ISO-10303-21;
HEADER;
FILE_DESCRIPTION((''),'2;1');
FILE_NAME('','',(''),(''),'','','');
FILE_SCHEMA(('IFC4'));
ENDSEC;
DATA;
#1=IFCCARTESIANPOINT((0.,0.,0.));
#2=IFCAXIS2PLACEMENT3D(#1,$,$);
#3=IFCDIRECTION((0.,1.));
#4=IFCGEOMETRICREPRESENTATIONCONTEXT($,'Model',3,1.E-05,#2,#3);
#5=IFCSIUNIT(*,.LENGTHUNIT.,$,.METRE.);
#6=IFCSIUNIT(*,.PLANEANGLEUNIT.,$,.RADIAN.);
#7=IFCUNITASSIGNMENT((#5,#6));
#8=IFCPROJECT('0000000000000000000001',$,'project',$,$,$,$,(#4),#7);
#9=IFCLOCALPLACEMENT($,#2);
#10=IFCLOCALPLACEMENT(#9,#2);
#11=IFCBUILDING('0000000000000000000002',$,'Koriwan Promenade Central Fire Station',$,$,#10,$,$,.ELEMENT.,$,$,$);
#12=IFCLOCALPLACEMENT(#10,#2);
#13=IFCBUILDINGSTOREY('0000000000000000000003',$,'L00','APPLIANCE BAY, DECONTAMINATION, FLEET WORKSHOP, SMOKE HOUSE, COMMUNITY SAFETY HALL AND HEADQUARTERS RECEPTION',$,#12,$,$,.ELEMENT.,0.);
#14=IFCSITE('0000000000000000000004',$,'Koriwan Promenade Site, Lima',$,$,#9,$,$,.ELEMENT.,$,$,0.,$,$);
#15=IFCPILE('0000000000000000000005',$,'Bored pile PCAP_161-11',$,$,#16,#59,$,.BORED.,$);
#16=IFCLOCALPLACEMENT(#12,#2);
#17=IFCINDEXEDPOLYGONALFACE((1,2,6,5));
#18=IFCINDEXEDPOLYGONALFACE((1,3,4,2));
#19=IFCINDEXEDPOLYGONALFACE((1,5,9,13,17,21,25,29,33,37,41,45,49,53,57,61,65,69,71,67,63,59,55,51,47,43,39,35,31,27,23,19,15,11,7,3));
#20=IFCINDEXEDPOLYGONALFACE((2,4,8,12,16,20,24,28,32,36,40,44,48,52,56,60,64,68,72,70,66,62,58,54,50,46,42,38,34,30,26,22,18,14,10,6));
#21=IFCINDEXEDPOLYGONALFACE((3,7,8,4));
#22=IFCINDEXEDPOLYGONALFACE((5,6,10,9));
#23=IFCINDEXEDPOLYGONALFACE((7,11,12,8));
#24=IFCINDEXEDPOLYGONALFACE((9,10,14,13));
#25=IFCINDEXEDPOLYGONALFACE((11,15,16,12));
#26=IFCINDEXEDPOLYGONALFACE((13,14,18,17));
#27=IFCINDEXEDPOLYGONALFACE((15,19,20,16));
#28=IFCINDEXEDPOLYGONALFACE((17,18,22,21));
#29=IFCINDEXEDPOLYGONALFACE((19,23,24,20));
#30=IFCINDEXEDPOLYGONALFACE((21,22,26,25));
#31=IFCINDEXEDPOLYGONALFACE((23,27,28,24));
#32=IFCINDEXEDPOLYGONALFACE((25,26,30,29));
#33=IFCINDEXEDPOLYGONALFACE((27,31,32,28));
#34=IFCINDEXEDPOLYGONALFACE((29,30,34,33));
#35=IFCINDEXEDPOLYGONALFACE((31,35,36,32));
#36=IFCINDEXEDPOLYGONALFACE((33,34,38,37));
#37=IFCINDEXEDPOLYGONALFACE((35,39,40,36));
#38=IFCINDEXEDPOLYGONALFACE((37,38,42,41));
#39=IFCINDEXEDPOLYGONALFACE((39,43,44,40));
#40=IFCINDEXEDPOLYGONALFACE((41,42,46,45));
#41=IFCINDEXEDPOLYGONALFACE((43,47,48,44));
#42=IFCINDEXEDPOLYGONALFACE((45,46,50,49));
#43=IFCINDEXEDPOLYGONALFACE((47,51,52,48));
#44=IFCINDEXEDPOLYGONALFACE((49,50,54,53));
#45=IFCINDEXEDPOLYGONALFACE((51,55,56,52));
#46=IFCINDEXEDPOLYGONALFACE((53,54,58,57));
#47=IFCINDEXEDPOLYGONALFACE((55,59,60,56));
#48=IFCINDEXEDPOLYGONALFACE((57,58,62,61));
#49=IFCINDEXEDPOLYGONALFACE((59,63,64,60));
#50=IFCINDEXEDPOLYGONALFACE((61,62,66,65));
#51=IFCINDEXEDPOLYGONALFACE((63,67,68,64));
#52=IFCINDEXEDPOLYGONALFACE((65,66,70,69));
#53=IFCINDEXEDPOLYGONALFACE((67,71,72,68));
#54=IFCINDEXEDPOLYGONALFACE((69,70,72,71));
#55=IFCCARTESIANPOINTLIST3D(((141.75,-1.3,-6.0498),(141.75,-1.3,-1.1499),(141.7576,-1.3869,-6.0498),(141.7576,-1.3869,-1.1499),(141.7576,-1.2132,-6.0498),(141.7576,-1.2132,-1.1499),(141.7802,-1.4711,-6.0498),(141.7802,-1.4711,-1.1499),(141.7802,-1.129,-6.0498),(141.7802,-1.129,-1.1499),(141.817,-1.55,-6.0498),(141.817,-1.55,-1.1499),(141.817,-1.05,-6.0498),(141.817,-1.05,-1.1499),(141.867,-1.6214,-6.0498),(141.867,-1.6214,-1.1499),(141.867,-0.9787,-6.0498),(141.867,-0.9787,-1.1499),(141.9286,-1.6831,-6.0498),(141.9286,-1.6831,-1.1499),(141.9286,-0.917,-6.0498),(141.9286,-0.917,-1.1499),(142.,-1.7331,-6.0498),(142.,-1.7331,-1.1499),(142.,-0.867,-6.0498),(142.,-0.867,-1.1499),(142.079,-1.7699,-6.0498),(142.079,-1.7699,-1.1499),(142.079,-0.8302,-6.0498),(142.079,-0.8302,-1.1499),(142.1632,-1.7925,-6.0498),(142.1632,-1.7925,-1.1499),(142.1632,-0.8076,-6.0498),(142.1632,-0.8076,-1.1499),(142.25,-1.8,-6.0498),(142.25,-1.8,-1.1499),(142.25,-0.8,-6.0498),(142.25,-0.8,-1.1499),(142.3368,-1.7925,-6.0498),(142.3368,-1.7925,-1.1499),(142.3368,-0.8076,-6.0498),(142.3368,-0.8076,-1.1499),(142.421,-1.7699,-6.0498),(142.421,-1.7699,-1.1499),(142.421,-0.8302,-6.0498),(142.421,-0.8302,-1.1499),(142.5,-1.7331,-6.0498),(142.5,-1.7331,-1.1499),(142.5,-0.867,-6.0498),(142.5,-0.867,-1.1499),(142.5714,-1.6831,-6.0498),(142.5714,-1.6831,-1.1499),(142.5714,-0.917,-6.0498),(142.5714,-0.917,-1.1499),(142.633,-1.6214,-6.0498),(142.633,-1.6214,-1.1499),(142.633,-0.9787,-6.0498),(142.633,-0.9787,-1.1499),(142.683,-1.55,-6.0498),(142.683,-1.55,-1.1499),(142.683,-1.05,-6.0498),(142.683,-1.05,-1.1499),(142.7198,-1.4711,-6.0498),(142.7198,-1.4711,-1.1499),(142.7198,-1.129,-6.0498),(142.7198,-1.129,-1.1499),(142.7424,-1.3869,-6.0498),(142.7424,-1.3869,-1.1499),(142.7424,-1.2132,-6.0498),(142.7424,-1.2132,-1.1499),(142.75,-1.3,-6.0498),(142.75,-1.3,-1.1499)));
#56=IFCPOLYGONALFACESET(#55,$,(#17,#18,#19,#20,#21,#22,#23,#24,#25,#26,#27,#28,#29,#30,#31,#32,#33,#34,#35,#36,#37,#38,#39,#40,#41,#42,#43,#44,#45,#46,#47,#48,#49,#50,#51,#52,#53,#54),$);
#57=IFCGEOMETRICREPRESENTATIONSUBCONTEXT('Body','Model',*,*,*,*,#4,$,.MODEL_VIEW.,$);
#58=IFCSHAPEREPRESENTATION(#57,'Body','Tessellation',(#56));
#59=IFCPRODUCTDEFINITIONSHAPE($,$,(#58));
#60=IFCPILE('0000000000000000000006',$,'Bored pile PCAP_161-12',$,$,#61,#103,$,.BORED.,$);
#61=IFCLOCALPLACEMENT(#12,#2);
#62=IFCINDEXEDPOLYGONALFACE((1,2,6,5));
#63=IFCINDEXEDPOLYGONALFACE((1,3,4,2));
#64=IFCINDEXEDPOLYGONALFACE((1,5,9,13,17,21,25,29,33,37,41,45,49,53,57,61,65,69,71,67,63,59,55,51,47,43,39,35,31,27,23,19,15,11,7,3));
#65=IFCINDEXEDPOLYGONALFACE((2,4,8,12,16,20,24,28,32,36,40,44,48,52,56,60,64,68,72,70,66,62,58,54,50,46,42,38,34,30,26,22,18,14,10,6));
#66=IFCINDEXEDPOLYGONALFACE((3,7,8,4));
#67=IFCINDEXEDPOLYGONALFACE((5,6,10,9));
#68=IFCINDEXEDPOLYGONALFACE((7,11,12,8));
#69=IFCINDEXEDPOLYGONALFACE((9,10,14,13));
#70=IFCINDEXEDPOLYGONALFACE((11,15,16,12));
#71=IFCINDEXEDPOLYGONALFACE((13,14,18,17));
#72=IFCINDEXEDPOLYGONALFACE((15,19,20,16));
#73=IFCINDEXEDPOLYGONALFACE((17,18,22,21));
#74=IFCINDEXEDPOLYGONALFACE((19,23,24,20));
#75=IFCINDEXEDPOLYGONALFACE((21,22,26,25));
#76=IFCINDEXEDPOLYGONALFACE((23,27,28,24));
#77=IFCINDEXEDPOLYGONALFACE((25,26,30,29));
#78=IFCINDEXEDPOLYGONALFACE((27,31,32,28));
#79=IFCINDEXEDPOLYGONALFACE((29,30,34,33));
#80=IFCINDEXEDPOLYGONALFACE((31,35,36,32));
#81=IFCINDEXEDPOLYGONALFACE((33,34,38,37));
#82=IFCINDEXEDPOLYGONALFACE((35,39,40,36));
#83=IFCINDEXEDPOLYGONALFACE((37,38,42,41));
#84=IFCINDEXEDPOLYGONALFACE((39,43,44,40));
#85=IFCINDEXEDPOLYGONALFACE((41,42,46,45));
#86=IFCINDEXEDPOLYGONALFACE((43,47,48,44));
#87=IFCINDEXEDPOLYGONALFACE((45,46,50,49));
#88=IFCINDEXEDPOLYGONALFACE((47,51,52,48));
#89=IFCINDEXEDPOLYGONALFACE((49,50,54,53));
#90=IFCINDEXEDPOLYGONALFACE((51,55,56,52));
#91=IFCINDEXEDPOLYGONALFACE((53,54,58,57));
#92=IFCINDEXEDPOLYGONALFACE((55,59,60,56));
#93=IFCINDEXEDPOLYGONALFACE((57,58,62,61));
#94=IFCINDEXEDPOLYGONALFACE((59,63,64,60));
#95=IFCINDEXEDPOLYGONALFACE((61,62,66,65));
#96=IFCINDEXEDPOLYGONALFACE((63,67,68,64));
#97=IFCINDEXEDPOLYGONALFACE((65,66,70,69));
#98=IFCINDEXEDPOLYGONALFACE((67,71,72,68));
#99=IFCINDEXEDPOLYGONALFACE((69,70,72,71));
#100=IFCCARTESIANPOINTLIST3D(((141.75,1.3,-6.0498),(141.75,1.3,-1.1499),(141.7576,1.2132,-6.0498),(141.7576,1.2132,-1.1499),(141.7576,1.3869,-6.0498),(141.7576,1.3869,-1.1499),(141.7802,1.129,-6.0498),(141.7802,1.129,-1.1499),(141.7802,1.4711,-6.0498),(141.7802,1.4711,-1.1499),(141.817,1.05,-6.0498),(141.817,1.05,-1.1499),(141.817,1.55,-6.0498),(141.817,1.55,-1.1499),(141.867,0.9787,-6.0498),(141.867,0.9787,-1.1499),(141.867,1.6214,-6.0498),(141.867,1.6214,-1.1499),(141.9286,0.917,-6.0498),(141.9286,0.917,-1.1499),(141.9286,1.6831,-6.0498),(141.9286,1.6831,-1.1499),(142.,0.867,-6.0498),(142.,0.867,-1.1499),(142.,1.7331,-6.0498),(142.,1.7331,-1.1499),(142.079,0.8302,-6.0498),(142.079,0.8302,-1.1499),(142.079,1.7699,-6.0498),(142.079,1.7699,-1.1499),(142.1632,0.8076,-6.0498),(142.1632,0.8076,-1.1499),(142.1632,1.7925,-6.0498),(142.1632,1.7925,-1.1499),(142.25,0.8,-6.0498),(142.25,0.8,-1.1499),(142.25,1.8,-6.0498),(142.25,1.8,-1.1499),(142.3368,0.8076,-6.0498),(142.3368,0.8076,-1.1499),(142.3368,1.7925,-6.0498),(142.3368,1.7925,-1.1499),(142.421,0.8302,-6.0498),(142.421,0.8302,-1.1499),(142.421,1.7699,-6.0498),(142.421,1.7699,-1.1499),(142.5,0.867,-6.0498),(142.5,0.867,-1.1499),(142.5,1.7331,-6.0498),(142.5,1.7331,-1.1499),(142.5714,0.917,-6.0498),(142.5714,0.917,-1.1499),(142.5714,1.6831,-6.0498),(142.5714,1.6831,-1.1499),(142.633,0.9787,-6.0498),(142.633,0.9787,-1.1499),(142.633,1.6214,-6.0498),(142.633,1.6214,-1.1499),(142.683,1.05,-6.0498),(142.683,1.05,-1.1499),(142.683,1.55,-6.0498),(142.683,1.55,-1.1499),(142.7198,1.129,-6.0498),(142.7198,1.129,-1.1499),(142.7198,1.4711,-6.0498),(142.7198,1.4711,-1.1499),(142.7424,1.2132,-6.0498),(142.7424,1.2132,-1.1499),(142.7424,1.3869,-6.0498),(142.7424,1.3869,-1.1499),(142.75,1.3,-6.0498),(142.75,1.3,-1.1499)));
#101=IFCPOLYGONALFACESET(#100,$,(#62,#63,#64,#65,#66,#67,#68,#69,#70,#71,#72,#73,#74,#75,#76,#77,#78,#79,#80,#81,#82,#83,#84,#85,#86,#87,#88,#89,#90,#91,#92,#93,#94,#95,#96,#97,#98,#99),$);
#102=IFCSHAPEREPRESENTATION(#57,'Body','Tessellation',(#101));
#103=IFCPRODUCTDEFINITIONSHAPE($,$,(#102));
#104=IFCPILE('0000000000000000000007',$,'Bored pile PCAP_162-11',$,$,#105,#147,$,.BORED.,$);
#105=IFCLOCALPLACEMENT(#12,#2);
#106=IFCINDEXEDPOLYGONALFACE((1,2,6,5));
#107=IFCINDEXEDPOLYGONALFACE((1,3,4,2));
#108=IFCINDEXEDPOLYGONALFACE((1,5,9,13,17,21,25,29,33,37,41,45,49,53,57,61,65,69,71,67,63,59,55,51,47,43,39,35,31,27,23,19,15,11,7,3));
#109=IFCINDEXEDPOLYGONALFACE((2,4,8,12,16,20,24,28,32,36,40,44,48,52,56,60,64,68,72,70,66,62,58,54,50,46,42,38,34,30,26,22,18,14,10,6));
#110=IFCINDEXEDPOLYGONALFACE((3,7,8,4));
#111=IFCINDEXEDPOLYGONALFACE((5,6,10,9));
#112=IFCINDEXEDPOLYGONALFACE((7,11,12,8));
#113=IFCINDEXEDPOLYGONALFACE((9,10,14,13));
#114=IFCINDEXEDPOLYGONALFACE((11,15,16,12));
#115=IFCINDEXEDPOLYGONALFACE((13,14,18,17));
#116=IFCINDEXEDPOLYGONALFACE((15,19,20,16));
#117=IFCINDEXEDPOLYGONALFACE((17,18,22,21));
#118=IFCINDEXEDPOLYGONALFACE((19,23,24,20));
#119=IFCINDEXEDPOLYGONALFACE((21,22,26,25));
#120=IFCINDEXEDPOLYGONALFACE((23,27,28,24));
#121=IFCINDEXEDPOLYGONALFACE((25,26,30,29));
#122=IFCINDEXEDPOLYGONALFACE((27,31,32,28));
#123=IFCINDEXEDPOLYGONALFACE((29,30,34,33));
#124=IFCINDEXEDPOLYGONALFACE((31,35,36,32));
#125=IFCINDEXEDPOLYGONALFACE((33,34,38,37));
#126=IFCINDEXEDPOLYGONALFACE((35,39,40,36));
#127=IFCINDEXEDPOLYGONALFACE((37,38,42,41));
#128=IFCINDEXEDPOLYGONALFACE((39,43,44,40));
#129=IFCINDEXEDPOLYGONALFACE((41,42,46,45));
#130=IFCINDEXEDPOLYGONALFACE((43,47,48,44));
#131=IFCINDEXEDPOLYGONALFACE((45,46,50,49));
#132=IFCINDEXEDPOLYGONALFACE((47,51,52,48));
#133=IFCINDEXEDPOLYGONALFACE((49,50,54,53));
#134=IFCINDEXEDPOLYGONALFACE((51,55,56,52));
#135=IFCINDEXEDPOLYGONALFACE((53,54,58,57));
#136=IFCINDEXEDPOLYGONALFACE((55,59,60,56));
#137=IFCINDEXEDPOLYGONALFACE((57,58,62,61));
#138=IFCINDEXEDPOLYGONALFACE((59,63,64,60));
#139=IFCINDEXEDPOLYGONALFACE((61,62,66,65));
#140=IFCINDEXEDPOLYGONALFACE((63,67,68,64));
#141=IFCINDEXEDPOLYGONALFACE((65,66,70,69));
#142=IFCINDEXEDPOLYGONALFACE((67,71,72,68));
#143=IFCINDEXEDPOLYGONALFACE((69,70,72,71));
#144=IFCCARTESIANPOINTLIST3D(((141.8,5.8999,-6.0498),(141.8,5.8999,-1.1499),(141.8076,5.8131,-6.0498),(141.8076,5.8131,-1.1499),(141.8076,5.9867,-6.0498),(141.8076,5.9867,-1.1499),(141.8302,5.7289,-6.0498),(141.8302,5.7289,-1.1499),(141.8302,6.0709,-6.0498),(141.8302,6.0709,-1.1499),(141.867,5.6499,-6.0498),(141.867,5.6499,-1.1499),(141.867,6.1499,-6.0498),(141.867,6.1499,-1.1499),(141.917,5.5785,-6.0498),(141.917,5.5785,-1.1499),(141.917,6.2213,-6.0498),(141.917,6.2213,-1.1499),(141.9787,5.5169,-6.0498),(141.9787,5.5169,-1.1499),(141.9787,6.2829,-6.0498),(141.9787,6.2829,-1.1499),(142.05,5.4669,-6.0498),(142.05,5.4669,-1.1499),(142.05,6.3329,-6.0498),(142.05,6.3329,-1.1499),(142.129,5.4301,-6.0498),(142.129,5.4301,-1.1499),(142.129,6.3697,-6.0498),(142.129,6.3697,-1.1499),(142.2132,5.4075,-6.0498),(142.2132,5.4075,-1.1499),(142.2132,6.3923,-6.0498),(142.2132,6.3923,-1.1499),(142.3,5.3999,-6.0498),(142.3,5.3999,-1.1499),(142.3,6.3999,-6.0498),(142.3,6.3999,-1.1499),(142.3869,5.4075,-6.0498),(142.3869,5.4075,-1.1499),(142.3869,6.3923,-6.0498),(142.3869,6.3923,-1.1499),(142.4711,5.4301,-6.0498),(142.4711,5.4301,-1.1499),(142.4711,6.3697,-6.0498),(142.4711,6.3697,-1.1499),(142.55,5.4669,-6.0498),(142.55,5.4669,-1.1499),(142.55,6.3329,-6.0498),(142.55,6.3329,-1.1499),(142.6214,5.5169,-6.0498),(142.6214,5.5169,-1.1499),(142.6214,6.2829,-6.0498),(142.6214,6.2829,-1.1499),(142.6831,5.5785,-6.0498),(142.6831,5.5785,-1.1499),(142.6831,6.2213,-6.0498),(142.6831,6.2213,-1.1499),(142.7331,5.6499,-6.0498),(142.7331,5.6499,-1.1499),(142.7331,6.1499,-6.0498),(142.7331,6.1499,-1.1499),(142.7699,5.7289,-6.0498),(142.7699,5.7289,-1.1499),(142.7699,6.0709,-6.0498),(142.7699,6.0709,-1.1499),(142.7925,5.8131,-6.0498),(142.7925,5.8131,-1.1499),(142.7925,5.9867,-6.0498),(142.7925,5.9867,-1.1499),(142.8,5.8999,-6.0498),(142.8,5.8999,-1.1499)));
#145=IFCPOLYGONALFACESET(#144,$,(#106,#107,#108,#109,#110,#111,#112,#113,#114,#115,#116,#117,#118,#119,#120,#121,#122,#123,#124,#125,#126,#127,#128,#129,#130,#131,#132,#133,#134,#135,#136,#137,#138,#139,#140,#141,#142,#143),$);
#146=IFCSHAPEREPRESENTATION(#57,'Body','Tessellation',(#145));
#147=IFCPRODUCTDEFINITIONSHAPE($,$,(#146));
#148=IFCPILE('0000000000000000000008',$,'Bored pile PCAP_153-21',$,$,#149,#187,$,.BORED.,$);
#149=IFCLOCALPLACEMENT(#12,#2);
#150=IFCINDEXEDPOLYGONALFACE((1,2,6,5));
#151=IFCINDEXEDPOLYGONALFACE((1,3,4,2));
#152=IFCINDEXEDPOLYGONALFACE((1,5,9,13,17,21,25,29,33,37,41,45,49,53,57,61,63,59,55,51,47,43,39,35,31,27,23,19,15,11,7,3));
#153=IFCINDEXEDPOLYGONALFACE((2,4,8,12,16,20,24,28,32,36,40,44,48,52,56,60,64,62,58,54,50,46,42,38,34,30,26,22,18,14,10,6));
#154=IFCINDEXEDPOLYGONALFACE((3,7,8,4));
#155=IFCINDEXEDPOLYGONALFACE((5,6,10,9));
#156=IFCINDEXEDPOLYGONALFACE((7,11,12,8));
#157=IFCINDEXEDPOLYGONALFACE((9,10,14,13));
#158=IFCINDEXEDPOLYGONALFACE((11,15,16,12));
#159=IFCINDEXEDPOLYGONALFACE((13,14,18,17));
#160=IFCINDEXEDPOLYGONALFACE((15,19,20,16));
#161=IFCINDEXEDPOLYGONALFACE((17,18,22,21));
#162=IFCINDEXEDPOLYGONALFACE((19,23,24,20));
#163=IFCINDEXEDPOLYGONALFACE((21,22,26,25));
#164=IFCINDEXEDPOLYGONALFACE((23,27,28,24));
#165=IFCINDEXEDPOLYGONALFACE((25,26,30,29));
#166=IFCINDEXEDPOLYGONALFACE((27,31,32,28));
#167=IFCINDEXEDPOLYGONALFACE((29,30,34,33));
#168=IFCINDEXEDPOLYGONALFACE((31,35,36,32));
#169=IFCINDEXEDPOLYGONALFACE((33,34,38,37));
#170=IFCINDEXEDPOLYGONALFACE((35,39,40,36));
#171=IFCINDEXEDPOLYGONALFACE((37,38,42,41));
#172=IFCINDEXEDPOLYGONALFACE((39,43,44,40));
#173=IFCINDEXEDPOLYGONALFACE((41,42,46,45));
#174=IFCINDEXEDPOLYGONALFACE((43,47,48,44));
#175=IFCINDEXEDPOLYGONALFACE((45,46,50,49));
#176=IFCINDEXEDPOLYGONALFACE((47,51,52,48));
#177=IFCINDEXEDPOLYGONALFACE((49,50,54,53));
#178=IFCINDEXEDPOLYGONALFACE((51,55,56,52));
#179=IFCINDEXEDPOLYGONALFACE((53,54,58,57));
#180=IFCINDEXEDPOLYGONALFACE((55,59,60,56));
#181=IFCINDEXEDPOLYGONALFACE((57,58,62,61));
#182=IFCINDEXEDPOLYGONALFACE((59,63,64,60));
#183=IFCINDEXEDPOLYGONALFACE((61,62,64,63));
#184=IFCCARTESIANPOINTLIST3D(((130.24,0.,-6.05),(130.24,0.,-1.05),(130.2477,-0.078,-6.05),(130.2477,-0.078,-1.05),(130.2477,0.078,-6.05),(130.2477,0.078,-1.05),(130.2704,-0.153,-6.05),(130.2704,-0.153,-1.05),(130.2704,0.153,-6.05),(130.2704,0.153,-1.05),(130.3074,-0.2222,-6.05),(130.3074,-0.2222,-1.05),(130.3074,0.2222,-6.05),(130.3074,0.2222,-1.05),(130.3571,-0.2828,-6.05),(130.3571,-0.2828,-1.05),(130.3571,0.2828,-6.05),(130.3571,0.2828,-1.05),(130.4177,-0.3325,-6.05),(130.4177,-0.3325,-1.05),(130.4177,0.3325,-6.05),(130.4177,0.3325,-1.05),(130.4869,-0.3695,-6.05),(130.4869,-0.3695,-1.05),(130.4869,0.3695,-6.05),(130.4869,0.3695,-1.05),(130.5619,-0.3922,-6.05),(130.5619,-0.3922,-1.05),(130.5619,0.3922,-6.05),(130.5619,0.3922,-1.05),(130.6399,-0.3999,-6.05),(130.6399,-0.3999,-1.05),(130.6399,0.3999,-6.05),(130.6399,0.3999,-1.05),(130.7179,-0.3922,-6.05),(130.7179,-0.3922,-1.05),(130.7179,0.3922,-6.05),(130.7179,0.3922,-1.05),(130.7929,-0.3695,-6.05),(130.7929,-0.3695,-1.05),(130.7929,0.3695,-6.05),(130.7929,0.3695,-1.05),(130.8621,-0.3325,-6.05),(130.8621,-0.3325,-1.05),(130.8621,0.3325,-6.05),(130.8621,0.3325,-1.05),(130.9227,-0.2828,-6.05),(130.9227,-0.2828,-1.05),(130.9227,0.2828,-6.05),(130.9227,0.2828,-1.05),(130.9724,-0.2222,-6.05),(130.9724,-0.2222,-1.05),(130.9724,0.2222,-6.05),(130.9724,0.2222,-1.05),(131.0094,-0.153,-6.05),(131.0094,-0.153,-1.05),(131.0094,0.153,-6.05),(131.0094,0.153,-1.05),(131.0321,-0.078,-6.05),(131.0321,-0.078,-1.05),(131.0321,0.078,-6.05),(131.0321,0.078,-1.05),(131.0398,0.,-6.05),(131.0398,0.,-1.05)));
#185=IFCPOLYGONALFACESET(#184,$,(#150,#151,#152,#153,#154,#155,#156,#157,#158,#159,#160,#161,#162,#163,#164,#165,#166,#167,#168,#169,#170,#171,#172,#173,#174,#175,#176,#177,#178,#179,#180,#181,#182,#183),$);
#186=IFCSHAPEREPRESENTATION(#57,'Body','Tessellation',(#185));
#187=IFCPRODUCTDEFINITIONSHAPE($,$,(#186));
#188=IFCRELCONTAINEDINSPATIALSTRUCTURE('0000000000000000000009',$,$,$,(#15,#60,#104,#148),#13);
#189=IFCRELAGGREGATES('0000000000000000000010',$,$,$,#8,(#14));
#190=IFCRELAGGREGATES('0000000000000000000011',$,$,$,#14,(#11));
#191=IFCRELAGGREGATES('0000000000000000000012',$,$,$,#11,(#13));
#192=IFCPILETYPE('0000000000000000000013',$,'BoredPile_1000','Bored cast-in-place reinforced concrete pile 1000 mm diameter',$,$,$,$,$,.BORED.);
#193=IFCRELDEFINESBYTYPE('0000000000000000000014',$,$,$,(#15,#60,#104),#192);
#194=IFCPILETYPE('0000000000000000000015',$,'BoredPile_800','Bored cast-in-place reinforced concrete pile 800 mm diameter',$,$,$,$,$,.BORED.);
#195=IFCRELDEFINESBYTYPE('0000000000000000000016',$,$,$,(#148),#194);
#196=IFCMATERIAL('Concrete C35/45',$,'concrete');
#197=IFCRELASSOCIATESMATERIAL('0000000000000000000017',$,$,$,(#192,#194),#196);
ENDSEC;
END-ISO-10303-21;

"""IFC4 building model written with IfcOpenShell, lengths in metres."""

from ifc_helpers import new_model, si_unit, direction, frame, origin, origin_2d, place, context, subcontext, project, spatial, circle, extrude, material, material_profile, profile_set, type_object, element, save


model = new_model("IFC4")

# Units and contexts
model_context = context("Model", 3, precision=1e-05, world=origin(), true_north=direction((0.0, 1.0)))
body_context = subcontext(model_context, "Body", "Model", "MODEL_VIEW")
ifc_project = project(units=[si_unit("LENGTHUNIT", "METRE"), si_unit("PLANEANGLEUNIT", "RADIAN")], contexts=[model_context])

# Site, building, storey
site_placement = place(None, origin())
site = spatial("IfcSite", under=ifc_project, at=site_placement, Name="Koriwan Promenade Site, Lima", CompositionType="ELEMENT", RefElevation=0.0)
building_placement = place(site_placement, origin())
building = spatial("IfcBuilding", under=site, at=building_placement, Name="Koriwan Promenade Central Fire Station", CompositionType="ELEMENT")
storey_placement = place(building_placement, origin())
storey = spatial("IfcBuildingStorey", under=building, at=storey_placement, Name="L00", Description="APPLIANCE BAY, DECONTAMINATION, FLEET WORKSHOP, SMOKE HOUSE, COMMUNITY SAFETY HALL AND HEADQUARTERS RECEPTION", CompositionType="ELEMENT", Elevation=0.0)

# Piles
ifc_material_1 = material(Name="Concrete C35/45", Category="concrete")
ifc_material_profile_1 = material_profile(ifc_material_1, circle(Radius=0.5, at=origin_2d()), Name="PILE-D1000")
ifc_profile_set_1 = profile_set([ifc_material_profile_1], Name="Concrete C35/45")
pile_type_1 = type_object("IfcPileType", Name="BoredPile_1000", Description="Bored cast-in-place reinforced concrete pile 1000 mm diameter", PredefinedType="BORED", material=ifc_profile_set_1)
for number, where, z_axis, x_axis, name in (
    (1, (142.25, -1.3, -1.1499), (0.0, 0.0, -1.0), (1.0, 0.0, 0.0), "Bored pile PCAP_161-11"),
    (2, (142.25, 1.3, -1.1499), (0.0, 0.0, -1.0), (1.0, 0.0, 0.0), "Bored pile PCAP_161-12"),
    (3, (142.3, 5.8999, -1.1499), (0.0, 0.0, -1.0), (1.0, 0.0, 0.0), "Bored pile PCAP_162-11"),
):
    element("IfcPile", number, at=place(storey_placement, frame(where, z_axis=z_axis, x_axis=x_axis)), inside=storey, type_object=pile_type_1, Name=name, PredefinedType="BORED", context=body_context, shape_type="SweptSolid", body=[
        extrude(circle(Radius=0.5, at=origin_2d()), origin(), (0.0, 0.0, 1.0), 4.8999),
    ])
ifc_material_profile_2 = material_profile(ifc_material_1, circle(Radius=0.3999, at=origin_2d()), Name="PILE-D800")
ifc_profile_set_2 = profile_set([ifc_material_profile_2], Name="Concrete C35/45")
pile_type_2 = type_object("IfcPileType", Name="BoredPile_800", Description="Bored cast-in-place reinforced concrete pile 800 mm diameter", PredefinedType="BORED", material=ifc_profile_set_2)
for number, where, z_axis, x_axis, name in (
    (4, (130.6399, 0.0, -1.05), (0.0, 0.0, -1.0), (1.0, 0.0, 0.0), "Bored pile PCAP_153-21"),
):
    element("IfcPile", number, at=place(storey_placement, frame(where, z_axis=z_axis, x_axis=x_axis)), inside=storey, type_object=pile_type_2, Name=name, PredefinedType="BORED", context=body_context, shape_type="SweptSolid", body=[
        extrude(circle(Radius=0.3999, at=origin_2d()), origin(), (0.0, 0.0, 1.0), 5.0),
    ])

save(model, "model.ifc")
